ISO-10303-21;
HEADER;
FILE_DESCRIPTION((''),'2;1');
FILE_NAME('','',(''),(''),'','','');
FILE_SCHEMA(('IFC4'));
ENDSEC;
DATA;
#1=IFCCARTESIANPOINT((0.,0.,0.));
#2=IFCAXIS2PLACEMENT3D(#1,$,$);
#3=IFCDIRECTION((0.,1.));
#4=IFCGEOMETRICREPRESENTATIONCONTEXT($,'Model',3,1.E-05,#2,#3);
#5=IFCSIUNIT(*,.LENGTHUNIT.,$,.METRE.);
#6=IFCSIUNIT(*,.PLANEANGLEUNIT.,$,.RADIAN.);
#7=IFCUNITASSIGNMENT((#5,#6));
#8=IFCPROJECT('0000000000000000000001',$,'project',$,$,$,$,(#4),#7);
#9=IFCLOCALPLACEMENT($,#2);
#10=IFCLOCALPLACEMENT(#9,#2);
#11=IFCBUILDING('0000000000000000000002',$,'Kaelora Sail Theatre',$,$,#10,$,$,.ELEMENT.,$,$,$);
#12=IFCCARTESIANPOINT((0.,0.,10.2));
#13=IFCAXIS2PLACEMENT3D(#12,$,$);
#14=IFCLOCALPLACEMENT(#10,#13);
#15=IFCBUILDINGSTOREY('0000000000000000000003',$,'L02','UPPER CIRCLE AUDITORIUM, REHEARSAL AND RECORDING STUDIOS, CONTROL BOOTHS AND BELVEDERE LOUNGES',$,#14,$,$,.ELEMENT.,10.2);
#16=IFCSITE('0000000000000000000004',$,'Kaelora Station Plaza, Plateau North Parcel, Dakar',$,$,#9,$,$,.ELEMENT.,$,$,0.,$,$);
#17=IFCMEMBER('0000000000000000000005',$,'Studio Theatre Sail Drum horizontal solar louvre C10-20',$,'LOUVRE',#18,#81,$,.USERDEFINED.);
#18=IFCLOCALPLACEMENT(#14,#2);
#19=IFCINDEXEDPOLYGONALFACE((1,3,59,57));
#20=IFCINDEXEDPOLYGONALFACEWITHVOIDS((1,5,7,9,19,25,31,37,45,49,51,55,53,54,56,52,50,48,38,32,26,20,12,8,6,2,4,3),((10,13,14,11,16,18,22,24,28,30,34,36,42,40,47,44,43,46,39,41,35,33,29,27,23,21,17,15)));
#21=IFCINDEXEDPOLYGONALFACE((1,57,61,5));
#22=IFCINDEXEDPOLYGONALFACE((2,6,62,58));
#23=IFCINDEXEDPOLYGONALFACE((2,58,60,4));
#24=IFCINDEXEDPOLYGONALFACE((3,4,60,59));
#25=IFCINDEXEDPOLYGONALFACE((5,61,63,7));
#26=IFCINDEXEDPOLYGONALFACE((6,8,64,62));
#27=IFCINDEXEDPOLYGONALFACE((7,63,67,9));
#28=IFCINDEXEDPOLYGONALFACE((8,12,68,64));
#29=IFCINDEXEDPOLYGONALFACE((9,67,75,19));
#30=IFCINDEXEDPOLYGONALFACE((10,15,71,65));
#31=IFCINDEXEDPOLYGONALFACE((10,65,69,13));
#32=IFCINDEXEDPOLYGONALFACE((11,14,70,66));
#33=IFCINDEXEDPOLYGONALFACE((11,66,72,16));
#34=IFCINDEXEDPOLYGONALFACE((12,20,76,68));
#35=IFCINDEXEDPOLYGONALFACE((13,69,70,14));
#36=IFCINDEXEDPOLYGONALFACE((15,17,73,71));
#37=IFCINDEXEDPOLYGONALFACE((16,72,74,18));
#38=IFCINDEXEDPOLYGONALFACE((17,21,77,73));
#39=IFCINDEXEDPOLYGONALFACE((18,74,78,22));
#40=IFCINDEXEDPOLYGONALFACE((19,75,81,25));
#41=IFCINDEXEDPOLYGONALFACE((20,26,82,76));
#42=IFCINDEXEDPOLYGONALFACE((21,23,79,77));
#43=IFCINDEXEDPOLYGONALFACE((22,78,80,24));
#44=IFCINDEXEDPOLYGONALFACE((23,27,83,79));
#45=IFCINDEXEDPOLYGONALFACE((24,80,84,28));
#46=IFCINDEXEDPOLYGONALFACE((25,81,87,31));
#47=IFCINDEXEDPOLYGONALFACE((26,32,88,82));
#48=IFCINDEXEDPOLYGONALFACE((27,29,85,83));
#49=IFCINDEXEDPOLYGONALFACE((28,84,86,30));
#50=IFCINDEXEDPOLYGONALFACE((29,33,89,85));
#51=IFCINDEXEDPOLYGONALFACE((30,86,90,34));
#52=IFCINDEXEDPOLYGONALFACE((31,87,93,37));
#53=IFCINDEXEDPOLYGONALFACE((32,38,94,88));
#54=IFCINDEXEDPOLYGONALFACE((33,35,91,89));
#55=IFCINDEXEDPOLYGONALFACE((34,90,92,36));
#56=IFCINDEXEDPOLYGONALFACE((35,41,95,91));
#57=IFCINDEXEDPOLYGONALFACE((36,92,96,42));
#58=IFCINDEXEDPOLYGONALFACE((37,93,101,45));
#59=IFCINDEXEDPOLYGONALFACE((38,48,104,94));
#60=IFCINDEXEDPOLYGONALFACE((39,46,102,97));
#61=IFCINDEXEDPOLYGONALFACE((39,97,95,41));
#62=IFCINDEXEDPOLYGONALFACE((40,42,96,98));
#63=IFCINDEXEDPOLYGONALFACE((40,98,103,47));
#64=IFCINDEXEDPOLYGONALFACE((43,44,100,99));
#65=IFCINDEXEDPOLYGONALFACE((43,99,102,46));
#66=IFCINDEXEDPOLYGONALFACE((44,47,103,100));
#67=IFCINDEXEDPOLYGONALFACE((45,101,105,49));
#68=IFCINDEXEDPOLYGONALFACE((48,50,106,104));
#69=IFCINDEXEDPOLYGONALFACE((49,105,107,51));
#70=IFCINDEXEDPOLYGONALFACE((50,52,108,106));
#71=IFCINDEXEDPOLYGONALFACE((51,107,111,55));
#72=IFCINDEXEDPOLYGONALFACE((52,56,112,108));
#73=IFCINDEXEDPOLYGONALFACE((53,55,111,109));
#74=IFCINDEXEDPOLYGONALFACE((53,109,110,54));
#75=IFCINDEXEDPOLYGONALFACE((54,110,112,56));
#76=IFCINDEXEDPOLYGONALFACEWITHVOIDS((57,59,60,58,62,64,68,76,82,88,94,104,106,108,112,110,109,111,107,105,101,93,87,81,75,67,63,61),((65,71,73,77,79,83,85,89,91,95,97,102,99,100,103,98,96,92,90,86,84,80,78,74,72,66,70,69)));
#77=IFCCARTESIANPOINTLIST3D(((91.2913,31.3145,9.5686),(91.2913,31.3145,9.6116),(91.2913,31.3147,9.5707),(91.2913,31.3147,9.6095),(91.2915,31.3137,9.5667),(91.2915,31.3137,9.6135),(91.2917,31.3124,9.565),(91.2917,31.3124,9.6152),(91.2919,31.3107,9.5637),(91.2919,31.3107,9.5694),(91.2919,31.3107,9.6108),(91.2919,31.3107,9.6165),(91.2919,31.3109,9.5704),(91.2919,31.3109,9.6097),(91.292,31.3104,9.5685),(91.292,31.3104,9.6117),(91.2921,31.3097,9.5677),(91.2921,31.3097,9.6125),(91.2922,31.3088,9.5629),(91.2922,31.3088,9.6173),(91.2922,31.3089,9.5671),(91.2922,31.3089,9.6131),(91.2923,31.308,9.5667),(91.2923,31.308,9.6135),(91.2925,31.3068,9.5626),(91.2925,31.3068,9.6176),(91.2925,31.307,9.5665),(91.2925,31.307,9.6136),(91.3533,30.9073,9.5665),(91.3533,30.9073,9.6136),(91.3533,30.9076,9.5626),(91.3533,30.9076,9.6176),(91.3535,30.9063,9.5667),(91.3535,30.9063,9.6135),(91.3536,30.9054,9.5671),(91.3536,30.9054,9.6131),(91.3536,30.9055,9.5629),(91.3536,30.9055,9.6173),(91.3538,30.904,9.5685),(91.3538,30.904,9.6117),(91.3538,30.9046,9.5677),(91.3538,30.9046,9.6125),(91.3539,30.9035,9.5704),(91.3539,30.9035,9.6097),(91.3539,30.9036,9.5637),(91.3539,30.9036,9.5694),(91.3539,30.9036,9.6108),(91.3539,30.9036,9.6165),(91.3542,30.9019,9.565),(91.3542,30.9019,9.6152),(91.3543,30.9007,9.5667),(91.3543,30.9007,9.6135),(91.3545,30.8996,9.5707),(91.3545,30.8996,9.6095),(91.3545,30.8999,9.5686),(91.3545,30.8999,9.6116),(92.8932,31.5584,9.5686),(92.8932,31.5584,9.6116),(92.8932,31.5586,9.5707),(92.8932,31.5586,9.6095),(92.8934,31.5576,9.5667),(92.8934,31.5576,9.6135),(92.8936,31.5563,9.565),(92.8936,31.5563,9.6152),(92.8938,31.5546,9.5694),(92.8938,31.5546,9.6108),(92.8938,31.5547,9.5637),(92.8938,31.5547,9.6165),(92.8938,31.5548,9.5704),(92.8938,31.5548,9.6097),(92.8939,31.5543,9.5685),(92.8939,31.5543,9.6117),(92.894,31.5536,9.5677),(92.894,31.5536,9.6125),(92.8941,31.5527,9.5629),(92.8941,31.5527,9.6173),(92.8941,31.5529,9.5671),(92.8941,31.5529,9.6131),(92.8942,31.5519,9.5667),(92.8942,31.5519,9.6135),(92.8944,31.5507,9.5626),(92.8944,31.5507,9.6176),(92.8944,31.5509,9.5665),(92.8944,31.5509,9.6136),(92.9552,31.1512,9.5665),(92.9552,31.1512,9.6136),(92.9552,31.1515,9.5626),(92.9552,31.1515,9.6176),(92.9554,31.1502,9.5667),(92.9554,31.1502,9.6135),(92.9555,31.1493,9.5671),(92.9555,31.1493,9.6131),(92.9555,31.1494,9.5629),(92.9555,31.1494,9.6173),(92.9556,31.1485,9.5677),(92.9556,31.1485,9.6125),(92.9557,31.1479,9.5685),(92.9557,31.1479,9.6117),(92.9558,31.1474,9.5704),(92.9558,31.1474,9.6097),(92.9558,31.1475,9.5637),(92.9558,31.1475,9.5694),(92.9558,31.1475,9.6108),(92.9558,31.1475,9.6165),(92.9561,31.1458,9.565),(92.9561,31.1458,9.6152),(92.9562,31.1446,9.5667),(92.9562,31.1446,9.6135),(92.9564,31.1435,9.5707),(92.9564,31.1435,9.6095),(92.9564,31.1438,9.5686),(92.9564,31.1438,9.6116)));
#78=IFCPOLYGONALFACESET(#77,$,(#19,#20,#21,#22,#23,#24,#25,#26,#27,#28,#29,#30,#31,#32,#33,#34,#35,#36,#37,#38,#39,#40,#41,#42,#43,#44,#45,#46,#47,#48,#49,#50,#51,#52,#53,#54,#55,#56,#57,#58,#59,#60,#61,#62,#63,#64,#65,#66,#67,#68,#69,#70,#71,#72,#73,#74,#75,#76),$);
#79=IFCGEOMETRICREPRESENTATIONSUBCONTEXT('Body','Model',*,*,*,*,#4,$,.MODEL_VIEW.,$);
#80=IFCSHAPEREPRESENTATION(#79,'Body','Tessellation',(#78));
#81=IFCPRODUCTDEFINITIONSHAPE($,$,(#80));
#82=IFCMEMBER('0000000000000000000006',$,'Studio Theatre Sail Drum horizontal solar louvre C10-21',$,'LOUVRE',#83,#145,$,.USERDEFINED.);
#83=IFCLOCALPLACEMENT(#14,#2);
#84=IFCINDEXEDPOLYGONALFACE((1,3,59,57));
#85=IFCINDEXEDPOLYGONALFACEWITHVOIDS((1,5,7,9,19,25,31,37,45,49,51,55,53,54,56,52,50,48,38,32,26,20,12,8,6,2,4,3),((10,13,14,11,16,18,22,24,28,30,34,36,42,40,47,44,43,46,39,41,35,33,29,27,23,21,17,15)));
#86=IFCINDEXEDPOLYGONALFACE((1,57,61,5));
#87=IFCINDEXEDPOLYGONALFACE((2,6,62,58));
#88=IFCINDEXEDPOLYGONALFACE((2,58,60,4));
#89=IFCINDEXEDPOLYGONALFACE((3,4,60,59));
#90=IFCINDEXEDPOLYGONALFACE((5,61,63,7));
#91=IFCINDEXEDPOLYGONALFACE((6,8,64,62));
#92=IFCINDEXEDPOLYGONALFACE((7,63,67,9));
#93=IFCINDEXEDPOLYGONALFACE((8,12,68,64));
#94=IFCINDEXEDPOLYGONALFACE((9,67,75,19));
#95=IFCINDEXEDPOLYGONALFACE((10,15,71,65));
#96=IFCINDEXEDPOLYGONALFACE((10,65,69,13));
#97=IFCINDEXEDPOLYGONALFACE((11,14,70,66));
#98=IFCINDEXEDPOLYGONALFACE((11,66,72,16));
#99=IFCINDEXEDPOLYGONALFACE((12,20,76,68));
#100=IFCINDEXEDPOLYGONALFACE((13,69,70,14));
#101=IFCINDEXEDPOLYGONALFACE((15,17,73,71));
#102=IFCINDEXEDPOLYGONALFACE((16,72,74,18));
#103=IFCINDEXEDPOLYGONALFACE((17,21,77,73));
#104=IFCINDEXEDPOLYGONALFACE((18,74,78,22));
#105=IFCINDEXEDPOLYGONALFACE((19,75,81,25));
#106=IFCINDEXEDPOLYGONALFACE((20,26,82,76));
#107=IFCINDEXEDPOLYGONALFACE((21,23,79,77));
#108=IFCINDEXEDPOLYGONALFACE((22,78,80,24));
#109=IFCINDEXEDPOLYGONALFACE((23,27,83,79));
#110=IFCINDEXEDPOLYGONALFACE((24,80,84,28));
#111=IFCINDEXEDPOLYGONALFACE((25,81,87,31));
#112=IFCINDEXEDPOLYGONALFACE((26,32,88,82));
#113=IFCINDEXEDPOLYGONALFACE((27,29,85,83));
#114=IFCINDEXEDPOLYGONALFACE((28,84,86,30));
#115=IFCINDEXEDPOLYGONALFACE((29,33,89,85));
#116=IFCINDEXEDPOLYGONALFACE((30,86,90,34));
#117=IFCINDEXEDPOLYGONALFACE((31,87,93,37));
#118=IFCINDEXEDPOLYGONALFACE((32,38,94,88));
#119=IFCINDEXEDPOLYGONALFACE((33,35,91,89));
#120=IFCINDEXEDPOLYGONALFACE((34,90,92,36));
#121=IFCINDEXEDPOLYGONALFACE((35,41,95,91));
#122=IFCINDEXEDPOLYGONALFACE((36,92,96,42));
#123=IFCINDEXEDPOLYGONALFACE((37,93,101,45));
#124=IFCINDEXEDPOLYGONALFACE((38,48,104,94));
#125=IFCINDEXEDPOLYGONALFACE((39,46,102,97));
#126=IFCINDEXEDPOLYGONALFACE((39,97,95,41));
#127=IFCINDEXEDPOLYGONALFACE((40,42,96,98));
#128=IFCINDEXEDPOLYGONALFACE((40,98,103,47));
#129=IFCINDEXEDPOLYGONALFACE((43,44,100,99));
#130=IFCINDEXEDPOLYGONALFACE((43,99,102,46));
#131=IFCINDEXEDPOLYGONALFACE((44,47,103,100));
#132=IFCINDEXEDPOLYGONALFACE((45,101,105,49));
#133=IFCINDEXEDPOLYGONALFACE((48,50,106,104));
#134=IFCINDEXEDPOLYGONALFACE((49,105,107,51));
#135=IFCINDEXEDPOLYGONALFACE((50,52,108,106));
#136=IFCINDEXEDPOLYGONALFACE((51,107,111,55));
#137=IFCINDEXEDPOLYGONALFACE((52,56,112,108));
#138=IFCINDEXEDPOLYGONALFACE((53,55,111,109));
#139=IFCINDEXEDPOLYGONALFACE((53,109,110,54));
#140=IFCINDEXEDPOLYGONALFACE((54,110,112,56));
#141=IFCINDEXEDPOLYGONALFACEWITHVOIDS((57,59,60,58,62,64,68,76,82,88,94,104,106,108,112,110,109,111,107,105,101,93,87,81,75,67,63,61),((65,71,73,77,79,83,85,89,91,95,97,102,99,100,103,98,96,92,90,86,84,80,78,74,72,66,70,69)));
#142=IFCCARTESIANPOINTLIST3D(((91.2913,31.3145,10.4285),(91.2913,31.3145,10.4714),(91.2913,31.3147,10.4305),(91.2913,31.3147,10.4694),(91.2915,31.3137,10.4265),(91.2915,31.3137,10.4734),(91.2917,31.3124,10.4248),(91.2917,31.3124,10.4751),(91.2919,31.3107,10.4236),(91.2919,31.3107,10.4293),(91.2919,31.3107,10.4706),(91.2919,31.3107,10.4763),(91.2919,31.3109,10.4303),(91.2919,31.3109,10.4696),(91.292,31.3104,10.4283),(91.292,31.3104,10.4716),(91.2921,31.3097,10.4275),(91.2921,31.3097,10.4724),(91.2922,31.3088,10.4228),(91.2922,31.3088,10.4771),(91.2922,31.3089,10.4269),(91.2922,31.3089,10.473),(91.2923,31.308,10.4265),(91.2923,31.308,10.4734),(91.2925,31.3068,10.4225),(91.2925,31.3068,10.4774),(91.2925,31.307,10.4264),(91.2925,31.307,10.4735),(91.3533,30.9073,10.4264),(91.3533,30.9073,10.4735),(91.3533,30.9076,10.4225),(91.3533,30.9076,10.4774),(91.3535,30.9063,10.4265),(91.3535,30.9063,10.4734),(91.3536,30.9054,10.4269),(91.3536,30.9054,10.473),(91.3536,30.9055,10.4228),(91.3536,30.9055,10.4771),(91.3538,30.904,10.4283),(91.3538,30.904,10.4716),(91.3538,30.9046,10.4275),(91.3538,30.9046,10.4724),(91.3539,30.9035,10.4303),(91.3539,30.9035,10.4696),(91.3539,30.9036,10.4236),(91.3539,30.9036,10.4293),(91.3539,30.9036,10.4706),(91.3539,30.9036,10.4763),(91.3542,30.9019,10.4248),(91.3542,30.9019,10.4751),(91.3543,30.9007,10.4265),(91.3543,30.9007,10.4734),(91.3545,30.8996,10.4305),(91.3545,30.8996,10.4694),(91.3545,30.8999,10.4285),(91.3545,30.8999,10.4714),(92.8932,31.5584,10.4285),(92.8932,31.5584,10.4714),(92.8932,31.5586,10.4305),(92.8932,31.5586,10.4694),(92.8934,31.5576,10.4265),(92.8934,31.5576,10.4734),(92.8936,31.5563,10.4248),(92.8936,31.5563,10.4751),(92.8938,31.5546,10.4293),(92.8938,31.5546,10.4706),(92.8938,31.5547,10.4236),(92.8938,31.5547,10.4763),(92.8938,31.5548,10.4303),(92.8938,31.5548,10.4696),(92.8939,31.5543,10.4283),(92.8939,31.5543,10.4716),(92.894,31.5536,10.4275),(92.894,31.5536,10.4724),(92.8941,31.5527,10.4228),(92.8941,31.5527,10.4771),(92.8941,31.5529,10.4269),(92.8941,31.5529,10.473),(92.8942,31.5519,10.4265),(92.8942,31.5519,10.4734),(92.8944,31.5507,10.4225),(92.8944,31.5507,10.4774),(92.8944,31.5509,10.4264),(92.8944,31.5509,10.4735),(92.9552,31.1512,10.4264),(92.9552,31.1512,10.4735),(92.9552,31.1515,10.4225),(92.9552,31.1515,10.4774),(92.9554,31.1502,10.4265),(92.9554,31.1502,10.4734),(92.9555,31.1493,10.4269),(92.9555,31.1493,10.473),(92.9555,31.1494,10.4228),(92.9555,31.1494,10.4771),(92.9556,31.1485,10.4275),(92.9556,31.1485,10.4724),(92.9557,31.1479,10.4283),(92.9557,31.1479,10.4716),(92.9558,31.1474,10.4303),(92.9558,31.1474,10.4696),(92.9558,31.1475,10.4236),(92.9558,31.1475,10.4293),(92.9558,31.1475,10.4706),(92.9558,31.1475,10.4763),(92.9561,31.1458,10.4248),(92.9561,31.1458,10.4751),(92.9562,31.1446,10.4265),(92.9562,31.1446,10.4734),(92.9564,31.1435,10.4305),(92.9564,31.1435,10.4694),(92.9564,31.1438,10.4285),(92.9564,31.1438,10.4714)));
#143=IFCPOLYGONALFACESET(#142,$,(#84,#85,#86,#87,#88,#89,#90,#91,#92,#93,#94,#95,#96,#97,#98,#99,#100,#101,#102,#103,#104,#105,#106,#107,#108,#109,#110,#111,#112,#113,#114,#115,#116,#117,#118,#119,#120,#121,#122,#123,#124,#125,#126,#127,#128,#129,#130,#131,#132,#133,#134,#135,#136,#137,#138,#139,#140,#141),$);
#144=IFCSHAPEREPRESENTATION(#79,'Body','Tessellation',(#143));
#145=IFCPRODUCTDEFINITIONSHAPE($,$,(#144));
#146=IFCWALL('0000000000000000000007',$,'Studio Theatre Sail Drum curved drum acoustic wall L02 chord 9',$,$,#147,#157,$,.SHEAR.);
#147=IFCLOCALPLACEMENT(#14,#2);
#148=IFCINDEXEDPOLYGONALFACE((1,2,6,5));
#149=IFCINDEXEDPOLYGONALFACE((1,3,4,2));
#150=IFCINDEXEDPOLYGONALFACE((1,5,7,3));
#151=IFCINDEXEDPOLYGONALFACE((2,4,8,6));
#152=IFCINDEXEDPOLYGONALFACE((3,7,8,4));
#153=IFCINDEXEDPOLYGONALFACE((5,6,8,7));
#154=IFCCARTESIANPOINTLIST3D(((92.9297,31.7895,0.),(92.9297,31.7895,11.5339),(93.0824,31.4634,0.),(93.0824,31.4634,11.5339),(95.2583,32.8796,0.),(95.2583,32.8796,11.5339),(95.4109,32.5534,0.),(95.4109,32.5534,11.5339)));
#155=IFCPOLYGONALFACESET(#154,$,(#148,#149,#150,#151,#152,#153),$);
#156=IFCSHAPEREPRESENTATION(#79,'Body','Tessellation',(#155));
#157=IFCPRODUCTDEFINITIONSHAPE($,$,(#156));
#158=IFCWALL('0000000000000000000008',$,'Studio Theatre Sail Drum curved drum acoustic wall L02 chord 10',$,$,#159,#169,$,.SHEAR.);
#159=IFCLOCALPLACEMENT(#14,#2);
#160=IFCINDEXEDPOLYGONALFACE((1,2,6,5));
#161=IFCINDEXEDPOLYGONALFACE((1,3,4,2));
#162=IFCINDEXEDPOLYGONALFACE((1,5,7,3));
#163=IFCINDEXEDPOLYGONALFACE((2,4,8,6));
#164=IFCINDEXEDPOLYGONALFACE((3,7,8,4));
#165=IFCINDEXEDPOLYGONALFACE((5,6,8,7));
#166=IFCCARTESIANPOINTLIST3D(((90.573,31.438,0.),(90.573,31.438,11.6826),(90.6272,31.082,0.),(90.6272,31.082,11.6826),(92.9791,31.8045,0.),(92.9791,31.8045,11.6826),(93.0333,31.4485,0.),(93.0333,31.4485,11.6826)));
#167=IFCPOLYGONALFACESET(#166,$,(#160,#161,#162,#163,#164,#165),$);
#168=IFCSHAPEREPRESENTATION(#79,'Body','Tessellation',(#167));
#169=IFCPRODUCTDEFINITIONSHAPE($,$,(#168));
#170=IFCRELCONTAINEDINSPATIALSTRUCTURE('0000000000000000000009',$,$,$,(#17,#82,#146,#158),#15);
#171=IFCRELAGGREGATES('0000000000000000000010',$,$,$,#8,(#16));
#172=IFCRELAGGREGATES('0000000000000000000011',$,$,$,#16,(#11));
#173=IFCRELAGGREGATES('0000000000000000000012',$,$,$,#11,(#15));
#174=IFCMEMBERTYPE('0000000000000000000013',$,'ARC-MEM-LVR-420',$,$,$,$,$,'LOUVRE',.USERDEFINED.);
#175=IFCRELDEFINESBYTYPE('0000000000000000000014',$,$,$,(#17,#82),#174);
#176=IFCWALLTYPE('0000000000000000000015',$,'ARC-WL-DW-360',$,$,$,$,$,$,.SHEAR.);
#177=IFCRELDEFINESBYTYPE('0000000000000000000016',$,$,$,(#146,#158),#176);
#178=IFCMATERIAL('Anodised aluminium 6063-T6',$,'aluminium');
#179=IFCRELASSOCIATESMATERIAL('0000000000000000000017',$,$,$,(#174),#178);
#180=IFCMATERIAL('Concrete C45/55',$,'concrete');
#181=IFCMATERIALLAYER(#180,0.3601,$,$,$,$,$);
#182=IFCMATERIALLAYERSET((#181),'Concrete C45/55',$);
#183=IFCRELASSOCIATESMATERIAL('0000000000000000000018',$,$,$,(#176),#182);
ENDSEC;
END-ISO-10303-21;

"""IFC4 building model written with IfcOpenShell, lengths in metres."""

from ifc_helpers import new_model, si_unit, direction, frame, frame_2d, origin, origin_2d, place, context, subcontext, project, spatial, rectangle, hollow_rectangle, extrude, material, layer, layer_set, material_profile, profile_set, type_object, element, save


model = new_model("IFC4")

# Units and contexts
model_context = context("Model", 3, precision=1e-05, world=origin(), true_north=direction((0.0, 1.0)))
body_context = subcontext(model_context, "Body", "Model", "MODEL_VIEW")
ifc_project = project(units=[si_unit("LENGTHUNIT", "METRE"), si_unit("PLANEANGLEUNIT", "RADIAN")], contexts=[model_context])

# Site, building, storey
site_placement = place(None, origin())
site = spatial("IfcSite", under=ifc_project, at=site_placement, Name="Kaelora Station Plaza, Plateau North Parcel, Dakar", CompositionType="ELEMENT", RefElevation=0.0)
building_placement = place(site_placement, origin())
building = spatial("IfcBuilding", under=site, at=building_placement, Name="Kaelora Sail Theatre", CompositionType="ELEMENT")
storey_placement = place(building_placement, frame((0.0, 0.0, 10.2)))
storey = spatial("IfcBuildingStorey", under=building, at=storey_placement, Name="L02", Description="UPPER CIRCLE AUDITORIUM, REHEARSAL AND RECORDING STUDIOS, CONTROL BOOTHS AND BELVEDERE LOUNGES", CompositionType="ELEMENT", Elevation=10.2)

# Members
ifc_material_1 = material(Name="Anodised aluminium 6063-T6", Category="aluminium")
ifc_material_profile_1 = material_profile(ifc_material_1, hollow_rectangle(XDim=0.4199, YDim=0.0549, WallThickness=0.0039, InnerFilletRadius=0.0039, OuterFilletRadius=0.0081, at=origin_2d()), Name="LOUVRE 420x55x4")
ifc_profile_set_1 = profile_set([ifc_material_profile_1], Name="Anodised aluminium 6063-T6")
member_type = type_object("IfcMemberType", Name="ARC-MEM-LVR-420", ElementType="LOUVRE", PredefinedType="USERDEFINED", material=ifc_profile_set_1)
for number, where, z_axis, x_axis, name in (
    (1, (92.9248, 31.3511, 9.5901), (-0.988606, -0.150528, 0.0), (0.150528, -0.988606, 0.0), "Studio Theatre Sail Drum horizontal solar louvre C10-20"),
    (2, (92.9248, 31.3511, 10.45), (-0.988606, -0.150528, 0.0), (0.150528, -0.988606, 0.0), "Studio Theatre Sail Drum horizontal solar louvre C10-21"),
):
    element("IfcMember", number, at=place(storey_placement, frame(where, z_axis=z_axis, x_axis=x_axis)), inside=storey, type_object=member_type, Name=name, ObjectType="LOUVRE", PredefinedType="USERDEFINED", context=body_context, shape_type="SweptSolid", body=[
        extrude(hollow_rectangle(XDim=0.4199, YDim=0.0549, WallThickness=0.0039, InnerFilletRadius=0.0039, OuterFilletRadius=0.0081, at=origin_2d()), origin(), (0.0, 0.0, 1.0), 1.6204),
    ])

# Walls
ifc_material_2 = material(Name="Concrete C45/55", Category="concrete")
ifc_layer = layer(ifc_material_2, 0.3601)
ifc_layer_set = layer_set([ifc_layer], Name="Concrete C45/55")
wall_type = type_object("IfcWallType", Name="ARC-WL-DW-360", PredefinedType="SHEAR", material=ifc_layer_set)
wall_1_placement = place(storey_placement, frame((95.3347, 32.7166, 0.0), z_axis=(0.0, 0.0, 1.0), x_axis=(-0.905675, -0.423972, 0.0)))
element("IfcWall", 3, at=wall_1_placement, inside=storey, type_object=wall_type, Name="Studio Theatre Sail Drum curved drum acoustic wall L02 chord 9", PredefinedType="SHEAR", context=body_context, shape_type="SweptSolid", body=[
    extrude(rectangle(XDim=2.571, YDim=0.3601, at=frame_2d((1.2856, 0.0))), origin(), (0.0, 0.0, 1.0), 11.5339),
])
wall_2_placement = place(storey_placement, frame((93.0061, 31.6265, 0.0), z_axis=(0.0, 0.0, 1.0), x_axis=(-0.988599, -0.150572, 0.0)))
element("IfcWall", 4, at=wall_2_placement, inside=storey, type_object=wall_type, Name="Studio Theatre Sail Drum curved drum acoustic wall L02 chord 10", PredefinedType="SHEAR", context=body_context, shape_type="SweptSolid", body=[
    extrude(rectangle(XDim=2.4338, YDim=0.3601, at=frame_2d((1.2168, 0.0))), origin(), (0.0, 0.0, 1.0), 11.6826),
])

save(model, "model.ifc")
